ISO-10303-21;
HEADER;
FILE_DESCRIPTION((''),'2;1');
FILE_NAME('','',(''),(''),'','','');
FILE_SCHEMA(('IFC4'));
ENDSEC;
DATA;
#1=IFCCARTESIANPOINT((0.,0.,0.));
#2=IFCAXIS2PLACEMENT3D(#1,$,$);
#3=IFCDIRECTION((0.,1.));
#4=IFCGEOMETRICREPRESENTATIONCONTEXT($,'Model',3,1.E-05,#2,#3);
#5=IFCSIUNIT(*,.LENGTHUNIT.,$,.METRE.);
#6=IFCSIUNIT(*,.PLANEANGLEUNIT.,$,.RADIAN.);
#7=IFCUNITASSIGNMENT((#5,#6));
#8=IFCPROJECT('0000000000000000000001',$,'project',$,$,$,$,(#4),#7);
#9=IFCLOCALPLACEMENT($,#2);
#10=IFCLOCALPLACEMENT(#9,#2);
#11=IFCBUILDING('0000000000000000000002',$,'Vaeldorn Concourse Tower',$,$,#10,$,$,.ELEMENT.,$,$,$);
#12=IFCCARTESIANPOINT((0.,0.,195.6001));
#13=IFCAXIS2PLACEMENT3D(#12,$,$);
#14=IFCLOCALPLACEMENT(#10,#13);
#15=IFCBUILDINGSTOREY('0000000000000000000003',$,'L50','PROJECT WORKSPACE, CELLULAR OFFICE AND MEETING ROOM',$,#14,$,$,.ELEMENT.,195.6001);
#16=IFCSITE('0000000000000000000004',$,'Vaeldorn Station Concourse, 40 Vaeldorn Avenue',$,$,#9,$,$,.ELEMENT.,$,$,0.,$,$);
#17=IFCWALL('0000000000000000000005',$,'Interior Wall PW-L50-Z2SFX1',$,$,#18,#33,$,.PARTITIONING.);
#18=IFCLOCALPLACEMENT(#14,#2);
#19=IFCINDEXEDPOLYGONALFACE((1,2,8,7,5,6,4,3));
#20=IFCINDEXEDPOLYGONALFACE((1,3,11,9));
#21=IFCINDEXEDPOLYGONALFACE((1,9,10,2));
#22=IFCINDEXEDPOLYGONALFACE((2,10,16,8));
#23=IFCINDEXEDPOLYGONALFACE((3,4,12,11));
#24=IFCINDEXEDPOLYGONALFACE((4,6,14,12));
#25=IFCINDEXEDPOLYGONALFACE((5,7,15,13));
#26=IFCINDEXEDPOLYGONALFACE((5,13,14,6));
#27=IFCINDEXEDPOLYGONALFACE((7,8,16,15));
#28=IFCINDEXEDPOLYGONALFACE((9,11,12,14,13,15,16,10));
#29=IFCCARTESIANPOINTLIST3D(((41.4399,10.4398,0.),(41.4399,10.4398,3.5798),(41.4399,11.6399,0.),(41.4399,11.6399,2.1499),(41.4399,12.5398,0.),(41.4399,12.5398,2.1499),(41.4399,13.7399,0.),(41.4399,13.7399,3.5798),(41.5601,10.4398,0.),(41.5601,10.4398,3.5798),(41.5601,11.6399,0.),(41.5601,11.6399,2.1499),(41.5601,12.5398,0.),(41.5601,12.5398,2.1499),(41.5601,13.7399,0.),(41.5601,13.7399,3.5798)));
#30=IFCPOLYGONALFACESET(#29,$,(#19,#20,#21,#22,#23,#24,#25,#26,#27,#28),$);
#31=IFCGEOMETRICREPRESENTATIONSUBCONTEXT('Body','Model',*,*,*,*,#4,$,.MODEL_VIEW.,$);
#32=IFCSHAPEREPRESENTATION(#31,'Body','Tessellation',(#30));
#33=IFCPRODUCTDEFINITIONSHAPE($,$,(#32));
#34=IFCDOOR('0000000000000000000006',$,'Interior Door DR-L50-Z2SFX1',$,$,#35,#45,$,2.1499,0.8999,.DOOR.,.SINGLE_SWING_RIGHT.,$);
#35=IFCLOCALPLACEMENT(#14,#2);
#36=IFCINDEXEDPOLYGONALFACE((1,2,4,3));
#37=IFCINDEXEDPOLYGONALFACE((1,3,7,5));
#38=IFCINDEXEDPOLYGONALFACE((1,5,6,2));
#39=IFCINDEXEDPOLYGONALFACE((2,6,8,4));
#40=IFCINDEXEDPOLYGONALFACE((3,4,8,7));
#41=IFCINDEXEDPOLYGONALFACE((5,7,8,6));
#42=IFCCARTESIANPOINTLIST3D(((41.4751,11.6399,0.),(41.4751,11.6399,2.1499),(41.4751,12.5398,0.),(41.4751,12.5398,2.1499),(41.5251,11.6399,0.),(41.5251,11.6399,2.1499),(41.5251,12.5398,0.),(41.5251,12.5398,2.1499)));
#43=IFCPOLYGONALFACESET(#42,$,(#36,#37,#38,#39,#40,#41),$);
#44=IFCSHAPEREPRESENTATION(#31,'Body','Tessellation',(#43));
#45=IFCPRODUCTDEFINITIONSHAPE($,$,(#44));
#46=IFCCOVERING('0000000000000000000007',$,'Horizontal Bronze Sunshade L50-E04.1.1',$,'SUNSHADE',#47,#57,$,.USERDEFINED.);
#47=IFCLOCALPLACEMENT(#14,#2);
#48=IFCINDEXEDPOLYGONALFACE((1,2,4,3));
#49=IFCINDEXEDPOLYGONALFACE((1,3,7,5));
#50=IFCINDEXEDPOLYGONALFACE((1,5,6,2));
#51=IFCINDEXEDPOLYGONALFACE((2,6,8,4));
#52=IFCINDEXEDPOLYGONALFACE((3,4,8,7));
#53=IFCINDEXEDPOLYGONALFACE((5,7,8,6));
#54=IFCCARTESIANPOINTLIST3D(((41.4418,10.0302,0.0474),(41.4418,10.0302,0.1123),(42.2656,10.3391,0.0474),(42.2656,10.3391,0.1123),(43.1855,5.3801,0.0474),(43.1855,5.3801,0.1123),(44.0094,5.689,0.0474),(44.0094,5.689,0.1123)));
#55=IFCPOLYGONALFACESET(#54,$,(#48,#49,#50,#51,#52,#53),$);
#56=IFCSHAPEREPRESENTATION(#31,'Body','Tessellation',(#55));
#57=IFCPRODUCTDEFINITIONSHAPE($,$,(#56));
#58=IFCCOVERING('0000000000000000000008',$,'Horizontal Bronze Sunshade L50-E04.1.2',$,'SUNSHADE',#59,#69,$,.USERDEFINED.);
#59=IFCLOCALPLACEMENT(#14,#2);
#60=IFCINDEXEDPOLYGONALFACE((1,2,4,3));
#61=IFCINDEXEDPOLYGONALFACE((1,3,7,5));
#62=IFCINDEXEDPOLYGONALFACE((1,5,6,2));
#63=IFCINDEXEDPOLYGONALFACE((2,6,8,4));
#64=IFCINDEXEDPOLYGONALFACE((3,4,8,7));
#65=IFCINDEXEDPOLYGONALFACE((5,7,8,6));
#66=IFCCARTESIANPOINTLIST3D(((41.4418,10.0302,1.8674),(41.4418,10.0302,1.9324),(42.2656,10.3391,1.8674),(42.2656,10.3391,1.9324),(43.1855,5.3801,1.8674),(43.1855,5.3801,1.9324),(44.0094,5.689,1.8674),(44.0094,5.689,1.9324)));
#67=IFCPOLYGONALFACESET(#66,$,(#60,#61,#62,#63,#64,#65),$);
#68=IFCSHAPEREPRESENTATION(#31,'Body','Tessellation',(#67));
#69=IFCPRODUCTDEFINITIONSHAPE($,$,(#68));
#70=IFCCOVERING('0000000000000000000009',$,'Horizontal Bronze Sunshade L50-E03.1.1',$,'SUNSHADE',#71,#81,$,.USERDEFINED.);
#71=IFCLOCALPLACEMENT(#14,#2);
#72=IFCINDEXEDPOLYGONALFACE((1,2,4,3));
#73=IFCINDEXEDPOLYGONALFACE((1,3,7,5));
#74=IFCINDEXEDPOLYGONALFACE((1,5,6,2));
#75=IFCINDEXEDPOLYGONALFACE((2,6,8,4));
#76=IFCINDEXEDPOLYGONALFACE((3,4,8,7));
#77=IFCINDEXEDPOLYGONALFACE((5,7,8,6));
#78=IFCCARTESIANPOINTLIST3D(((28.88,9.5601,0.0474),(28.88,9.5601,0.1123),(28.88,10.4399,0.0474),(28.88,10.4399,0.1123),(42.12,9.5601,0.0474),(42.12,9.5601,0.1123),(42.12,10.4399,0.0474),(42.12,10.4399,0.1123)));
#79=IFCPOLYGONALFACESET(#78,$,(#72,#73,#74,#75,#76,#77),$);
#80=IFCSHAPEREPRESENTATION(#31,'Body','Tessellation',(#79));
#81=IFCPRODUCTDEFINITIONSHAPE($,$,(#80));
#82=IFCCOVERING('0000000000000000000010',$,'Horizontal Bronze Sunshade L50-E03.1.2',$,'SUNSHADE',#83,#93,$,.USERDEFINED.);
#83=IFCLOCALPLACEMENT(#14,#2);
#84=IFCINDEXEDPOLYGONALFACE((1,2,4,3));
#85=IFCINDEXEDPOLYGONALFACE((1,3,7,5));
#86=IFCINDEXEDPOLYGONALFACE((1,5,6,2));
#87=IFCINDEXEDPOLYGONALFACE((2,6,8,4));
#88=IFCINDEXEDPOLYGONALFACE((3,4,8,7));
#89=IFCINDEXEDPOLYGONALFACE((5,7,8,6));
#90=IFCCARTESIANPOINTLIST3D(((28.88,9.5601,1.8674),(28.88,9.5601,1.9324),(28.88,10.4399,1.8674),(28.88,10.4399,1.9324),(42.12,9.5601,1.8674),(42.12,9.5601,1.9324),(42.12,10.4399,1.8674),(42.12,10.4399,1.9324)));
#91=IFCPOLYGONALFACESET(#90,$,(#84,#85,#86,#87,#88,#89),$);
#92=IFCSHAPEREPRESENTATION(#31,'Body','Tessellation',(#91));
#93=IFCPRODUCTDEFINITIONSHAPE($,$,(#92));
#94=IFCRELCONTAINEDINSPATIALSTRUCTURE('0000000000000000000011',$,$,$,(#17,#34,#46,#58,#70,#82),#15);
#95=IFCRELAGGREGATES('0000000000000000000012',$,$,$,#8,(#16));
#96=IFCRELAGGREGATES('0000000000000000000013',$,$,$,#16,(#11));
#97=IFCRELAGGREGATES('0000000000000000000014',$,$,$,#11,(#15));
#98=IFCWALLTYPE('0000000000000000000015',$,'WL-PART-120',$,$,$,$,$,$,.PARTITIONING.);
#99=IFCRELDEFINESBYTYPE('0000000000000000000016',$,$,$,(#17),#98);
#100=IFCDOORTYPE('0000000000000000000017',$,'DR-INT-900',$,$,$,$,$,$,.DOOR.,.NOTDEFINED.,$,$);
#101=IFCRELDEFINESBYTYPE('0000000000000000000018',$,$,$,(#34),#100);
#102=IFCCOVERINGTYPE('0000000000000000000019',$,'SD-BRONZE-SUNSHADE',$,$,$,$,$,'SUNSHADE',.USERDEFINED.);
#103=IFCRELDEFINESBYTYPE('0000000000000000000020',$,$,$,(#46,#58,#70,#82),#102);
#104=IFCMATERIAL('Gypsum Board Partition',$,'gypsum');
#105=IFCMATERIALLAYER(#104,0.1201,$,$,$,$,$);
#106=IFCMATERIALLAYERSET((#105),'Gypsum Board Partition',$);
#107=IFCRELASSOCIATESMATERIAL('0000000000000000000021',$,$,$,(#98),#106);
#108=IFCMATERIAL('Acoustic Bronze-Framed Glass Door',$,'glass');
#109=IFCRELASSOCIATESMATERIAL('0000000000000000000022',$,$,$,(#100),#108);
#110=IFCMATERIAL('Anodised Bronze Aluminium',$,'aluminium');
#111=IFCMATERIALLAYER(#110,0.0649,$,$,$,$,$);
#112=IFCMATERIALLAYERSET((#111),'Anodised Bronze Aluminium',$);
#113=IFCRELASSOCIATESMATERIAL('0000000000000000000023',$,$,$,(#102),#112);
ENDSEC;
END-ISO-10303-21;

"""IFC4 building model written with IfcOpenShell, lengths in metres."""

from ifc_helpers import new_model, si_unit, direction, frame, frame_2d, origin, origin_2d, place, context, subcontext, project, spatial, rectangle, extrude, source, transform, mapped, material, layer, layer_set, type_object, element, fill, save


model = new_model("IFC4")

# Units and contexts
model_context = context("Model", 3, precision=1e-05, world=origin(), true_north=direction((0.0, 1.0)))
body_context = subcontext(model_context, "Body", "Model", "MODEL_VIEW")
ifc_project = project(units=[si_unit("LENGTHUNIT", "METRE"), si_unit("PLANEANGLEUNIT", "RADIAN")], contexts=[model_context])

# Site, building, storey
site_placement = place(None, origin())
site = spatial("IfcSite", under=ifc_project, at=site_placement, Name="Vaeldorn Station Concourse, 40 Vaeldorn Avenue", CompositionType="ELEMENT", RefElevation=0.0)
building_placement = place(site_placement, origin())
building = spatial("IfcBuilding", under=site, at=building_placement, Name="Vaeldorn Concourse Tower", CompositionType="ELEMENT")
storey_placement = place(building_placement, frame((0.0, 0.0, 195.6001)))
storey = spatial("IfcBuildingStorey", under=building, at=storey_placement, Name="L50", Description="PROJECT WORKSPACE, CELLULAR OFFICE AND MEETING ROOM", CompositionType="ELEMENT", Elevation=195.6001)

# Shared definitions
ifc_material_1 = material(Name="Anodised Bronze Aluminium", Category="aluminium")

# Wall, opening, door
ifc_material_2 = material(Name="Gypsum Board Partition", Category="gypsum")
ifc_layer_1 = layer(ifc_material_2, 0.1201)
ifc_layer_set_1 = layer_set([ifc_layer_1], Name="Gypsum Board Partition")
wall_type = type_object("IfcWallType", Name="WL-PART-120", PredefinedType="PARTITIONING", material=ifc_layer_set_1)
wall_placement = place(storey_placement, frame((41.5, 10.4399, 0.0), z_axis=(0.0, 0.0, 1.0), x_axis=(0.0, 1.0, 0.0)))
wall = element("IfcWall", 1, at=wall_placement, inside=storey, type_object=wall_type, Name="Interior Wall PW-L50-Z2SFX1", PredefinedType="PARTITIONING", context=body_context, shape_type="SweptSolid", body=[
    extrude(rectangle(XDim=3.3, YDim=0.1201, at=frame_2d((1.6499, 0.0))), origin(), (0.0, 0.0, 1.0), 3.5798),
])
opening_placement = place(wall_placement, frame((1.2, 0.0, 0.0)))
opening = element("IfcOpeningElement", 2, at=opening_placement, cuts=wall, PredefinedType="OPENING", context=body_context, shape_type="SweptSolid", body=[
    extrude(rectangle(XDim=0.8999, YDim=2.1499, at=frame_2d((0.45, 1.075))), frame((0.0, 0.0701, 0.0), z_axis=(0.0, -1.0, 0.0), x_axis=(1.0, 0.0, 0.0)), (0.0, 0.0, 1.0), 0.1401),
])
ifc_material_3 = material(Name="Acoustic Bronze-Framed Glass Door", Category="glass")
door_type = type_object("IfcDoorType", Name="DR-INT-900", OperationType="NOTDEFINED", PredefinedType="DOOR", material=ifc_material_3)
shared_shape_1 = source(origin(), body_context, "Body", "SweptSolid", [
    extrude(rectangle(XDim=0.8999, YDim=2.1499, at=frame_2d((0.45, 1.075))), frame((0.0, 0.0249, 0.0), z_axis=(0.0, -1.0, 0.0), x_axis=(1.0, 0.0, 0.0)), (0.0, 0.0, 1.0), 0.05),
])
door_placement = place(opening_placement, origin())
door = element("IfcDoor", 3, at=door_placement, inside=storey, type_object=door_type, Name="Interior Door DR-L50-Z2SFX1", OperationType="SINGLE_SWING_RIGHT", OverallHeight=2.1499, OverallWidth=0.8999, PredefinedType="DOOR", context=body_context, shape_type="MappedRepresentation", body=[
    mapped(shared_shape_1, transform((0.0, 0.0, 0.0), scale=1.0)),
])
fill(opening, door)

# Coverings
ifc_layer_2 = layer(ifc_material_1, 0.0649)
ifc_layer_set_2 = layer_set([ifc_layer_2], Name="Anodised Bronze Aluminium")
covering_type = type_object("IfcCoveringType", Name="SD-BRONZE-SUNSHADE", ElementType="SUNSHADE", PredefinedType="USERDEFINED", material=ifc_layer_set_2)
shared_shape_2 = source(origin(), body_context, "Body", "SweptSolid", [
    extrude(rectangle(XDim=4.9663, YDim=0.8799, at=origin_2d()), origin(), (0.0, 0.0, 1.0), 0.0649),
])
for number, where, z_axis, x_axis, name in (
    (4, (42.7256, 7.8596, 0.0474), (0.0, 0.0, 1.0), (0.351123, -0.936329, 0.0), "Horizontal Bronze Sunshade L50-E04.1.1"),
    (5, (42.7256, 7.8596, 1.8674), (0.0, 0.0, 1.0), (0.351123, -0.936329, 0.0), "Horizontal Bronze Sunshade L50-E04.1.2"),
):
    element("IfcCovering", number, at=place(storey_placement, frame(where, z_axis=z_axis, x_axis=x_axis)), inside=storey, type_object=covering_type, Name=name, ObjectType="SUNSHADE", PredefinedType="USERDEFINED", context=body_context, shape_type="MappedRepresentation", body=[
        mapped(shared_shape_2, transform((0.0, 0.0, 0.0), scale=1.0)),
    ])
shared_shape_3 = source(origin(), body_context, "Body", "SweptSolid", [
    extrude(rectangle(XDim=13.24, YDim=0.8799, at=origin_2d()), origin(), (0.0, 0.0, 1.0), 0.0649),
])
for number, where, z_axis, x_axis, name in (
    (6, (35.5, 10.0, 0.0474), (0.0, 0.0, 1.0), (1.0, 0.0, 0.0), "Horizontal Bronze Sunshade L50-E03.1.1"),
    (7, (35.5, 10.0, 1.8674), (0.0, 0.0, 1.0), (1.0, 0.0, 0.0), "Horizontal Bronze Sunshade L50-E03.1.2"),
):
    element("IfcCovering", number, at=place(storey_placement, frame(where, z_axis=z_axis, x_axis=x_axis)), inside=storey, type_object=covering_type, Name=name, ObjectType="SUNSHADE", PredefinedType="USERDEFINED", context=body_context, shape_type="MappedRepresentation", body=[
        mapped(shared_shape_3, transform((0.0, 0.0, 0.0), scale=1.0)),
    ])

save(model, "model.ifc")
